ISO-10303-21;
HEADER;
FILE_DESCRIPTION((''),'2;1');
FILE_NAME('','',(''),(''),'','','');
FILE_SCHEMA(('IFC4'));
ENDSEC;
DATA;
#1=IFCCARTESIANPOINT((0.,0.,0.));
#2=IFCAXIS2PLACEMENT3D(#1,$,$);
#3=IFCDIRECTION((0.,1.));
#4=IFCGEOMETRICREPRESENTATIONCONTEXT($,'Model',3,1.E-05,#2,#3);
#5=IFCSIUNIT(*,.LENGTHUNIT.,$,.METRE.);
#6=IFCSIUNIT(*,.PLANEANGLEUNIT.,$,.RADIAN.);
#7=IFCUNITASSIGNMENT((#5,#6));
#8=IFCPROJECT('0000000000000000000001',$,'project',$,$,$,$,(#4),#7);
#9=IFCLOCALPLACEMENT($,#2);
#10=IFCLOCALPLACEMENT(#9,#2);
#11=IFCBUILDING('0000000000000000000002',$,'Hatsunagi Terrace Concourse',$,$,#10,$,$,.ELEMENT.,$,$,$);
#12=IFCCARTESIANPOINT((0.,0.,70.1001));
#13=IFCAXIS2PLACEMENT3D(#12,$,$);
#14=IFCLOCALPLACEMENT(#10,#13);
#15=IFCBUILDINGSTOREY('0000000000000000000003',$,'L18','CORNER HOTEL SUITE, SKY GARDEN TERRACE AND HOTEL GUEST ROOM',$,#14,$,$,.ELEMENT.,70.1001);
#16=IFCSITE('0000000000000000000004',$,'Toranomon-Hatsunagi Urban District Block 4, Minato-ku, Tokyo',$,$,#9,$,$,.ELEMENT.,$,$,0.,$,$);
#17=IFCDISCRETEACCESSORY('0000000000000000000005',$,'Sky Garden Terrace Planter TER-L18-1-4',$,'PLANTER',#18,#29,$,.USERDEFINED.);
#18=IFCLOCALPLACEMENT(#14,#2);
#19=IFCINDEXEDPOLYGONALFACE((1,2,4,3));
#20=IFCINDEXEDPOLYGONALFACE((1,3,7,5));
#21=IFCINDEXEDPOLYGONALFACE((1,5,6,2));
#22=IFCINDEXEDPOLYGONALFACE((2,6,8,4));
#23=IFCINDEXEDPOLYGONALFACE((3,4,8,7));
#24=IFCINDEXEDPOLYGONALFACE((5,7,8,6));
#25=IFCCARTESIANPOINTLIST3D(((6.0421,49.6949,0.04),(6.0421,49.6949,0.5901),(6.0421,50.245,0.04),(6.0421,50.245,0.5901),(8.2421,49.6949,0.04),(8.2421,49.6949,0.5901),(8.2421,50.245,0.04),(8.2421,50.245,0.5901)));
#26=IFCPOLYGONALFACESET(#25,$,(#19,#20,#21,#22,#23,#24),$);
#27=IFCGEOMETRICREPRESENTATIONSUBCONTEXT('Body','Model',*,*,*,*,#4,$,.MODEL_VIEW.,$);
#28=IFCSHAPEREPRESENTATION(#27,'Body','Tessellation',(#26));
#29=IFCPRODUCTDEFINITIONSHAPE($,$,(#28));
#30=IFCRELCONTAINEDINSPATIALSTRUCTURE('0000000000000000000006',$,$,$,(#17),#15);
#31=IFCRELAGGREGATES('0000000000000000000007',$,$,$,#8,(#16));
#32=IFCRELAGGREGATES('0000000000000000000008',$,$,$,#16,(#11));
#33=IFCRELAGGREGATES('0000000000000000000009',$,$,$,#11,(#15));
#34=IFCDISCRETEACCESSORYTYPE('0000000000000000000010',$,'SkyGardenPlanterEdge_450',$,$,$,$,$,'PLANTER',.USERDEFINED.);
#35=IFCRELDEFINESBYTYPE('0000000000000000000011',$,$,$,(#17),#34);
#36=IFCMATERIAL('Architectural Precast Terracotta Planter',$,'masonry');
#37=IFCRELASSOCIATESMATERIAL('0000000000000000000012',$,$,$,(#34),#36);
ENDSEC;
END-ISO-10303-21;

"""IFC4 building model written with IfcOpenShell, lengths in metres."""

from ifc_helpers import new_model, si_unit, direction, frame, origin, origin_2d, place, context, subcontext, project, spatial, rectangle, extrude, material, type_object, element, save


model = new_model("IFC4")

# Units and contexts
model_context = context("Model", 3, precision=1e-05, world=origin(), true_north=direction((0.0, 1.0)))
body_context = subcontext(model_context, "Body", "Model", "MODEL_VIEW")
ifc_project = project(units=[si_unit("LENGTHUNIT", "METRE"), si_unit("PLANEANGLEUNIT", "RADIAN")], contexts=[model_context])

# Site, building, storey
site_placement = place(None, origin())
site = spatial("IfcSite", under=ifc_project, at=site_placement, Name="Toranomon-Hatsunagi Urban District Block 4, Minato-ku, Tokyo", CompositionType="ELEMENT", RefElevation=0.0)
building_placement = place(site_placement, origin())
building = spatial("IfcBuilding", under=site, at=building_placement, Name="Hatsunagi Terrace Concourse", CompositionType="ELEMENT")
storey_placement = place(building_placement, frame((0.0, 0.0, 70.1001)))
storey = spatial("IfcBuildingStorey", under=building, at=storey_placement, Name="L18", Description="CORNER HOTEL SUITE, SKY GARDEN TERRACE AND HOTEL GUEST ROOM", CompositionType="ELEMENT", Elevation=70.1001)

# Discrete accessory
ifc_material_1 = material(Name="Architectural Precast Terracotta Planter", Category="masonry")
discrete_accessory_type = type_object("IfcDiscreteAccessoryType", Name="SkyGardenPlanterEdge_450", ElementType="PLANTER", PredefinedType="USERDEFINED", material=ifc_material_1)
for number, where, z_axis, x_axis, name in (
    (1, (7.1421, 49.97, 0.04), (0.0, 0.0, 1.0), (1.0, 0.0, 0.0), "Sky Garden Terrace Planter TER-L18-1-4"),
):
    element("IfcDiscreteAccessory", number, at=place(storey_placement, frame(where, z_axis=z_axis, x_axis=x_axis)), inside=storey, type_object=discrete_accessory_type, Name=name, ObjectType="PLANTER", PredefinedType="USERDEFINED", context=body_context, shape_type="SweptSolid", body=[
        extrude(rectangle(XDim=2.2, YDim=0.55, at=origin_2d()), origin(), (0.0, 0.0, 1.0), 0.55),
    ])

save(model, "model.ifc")
